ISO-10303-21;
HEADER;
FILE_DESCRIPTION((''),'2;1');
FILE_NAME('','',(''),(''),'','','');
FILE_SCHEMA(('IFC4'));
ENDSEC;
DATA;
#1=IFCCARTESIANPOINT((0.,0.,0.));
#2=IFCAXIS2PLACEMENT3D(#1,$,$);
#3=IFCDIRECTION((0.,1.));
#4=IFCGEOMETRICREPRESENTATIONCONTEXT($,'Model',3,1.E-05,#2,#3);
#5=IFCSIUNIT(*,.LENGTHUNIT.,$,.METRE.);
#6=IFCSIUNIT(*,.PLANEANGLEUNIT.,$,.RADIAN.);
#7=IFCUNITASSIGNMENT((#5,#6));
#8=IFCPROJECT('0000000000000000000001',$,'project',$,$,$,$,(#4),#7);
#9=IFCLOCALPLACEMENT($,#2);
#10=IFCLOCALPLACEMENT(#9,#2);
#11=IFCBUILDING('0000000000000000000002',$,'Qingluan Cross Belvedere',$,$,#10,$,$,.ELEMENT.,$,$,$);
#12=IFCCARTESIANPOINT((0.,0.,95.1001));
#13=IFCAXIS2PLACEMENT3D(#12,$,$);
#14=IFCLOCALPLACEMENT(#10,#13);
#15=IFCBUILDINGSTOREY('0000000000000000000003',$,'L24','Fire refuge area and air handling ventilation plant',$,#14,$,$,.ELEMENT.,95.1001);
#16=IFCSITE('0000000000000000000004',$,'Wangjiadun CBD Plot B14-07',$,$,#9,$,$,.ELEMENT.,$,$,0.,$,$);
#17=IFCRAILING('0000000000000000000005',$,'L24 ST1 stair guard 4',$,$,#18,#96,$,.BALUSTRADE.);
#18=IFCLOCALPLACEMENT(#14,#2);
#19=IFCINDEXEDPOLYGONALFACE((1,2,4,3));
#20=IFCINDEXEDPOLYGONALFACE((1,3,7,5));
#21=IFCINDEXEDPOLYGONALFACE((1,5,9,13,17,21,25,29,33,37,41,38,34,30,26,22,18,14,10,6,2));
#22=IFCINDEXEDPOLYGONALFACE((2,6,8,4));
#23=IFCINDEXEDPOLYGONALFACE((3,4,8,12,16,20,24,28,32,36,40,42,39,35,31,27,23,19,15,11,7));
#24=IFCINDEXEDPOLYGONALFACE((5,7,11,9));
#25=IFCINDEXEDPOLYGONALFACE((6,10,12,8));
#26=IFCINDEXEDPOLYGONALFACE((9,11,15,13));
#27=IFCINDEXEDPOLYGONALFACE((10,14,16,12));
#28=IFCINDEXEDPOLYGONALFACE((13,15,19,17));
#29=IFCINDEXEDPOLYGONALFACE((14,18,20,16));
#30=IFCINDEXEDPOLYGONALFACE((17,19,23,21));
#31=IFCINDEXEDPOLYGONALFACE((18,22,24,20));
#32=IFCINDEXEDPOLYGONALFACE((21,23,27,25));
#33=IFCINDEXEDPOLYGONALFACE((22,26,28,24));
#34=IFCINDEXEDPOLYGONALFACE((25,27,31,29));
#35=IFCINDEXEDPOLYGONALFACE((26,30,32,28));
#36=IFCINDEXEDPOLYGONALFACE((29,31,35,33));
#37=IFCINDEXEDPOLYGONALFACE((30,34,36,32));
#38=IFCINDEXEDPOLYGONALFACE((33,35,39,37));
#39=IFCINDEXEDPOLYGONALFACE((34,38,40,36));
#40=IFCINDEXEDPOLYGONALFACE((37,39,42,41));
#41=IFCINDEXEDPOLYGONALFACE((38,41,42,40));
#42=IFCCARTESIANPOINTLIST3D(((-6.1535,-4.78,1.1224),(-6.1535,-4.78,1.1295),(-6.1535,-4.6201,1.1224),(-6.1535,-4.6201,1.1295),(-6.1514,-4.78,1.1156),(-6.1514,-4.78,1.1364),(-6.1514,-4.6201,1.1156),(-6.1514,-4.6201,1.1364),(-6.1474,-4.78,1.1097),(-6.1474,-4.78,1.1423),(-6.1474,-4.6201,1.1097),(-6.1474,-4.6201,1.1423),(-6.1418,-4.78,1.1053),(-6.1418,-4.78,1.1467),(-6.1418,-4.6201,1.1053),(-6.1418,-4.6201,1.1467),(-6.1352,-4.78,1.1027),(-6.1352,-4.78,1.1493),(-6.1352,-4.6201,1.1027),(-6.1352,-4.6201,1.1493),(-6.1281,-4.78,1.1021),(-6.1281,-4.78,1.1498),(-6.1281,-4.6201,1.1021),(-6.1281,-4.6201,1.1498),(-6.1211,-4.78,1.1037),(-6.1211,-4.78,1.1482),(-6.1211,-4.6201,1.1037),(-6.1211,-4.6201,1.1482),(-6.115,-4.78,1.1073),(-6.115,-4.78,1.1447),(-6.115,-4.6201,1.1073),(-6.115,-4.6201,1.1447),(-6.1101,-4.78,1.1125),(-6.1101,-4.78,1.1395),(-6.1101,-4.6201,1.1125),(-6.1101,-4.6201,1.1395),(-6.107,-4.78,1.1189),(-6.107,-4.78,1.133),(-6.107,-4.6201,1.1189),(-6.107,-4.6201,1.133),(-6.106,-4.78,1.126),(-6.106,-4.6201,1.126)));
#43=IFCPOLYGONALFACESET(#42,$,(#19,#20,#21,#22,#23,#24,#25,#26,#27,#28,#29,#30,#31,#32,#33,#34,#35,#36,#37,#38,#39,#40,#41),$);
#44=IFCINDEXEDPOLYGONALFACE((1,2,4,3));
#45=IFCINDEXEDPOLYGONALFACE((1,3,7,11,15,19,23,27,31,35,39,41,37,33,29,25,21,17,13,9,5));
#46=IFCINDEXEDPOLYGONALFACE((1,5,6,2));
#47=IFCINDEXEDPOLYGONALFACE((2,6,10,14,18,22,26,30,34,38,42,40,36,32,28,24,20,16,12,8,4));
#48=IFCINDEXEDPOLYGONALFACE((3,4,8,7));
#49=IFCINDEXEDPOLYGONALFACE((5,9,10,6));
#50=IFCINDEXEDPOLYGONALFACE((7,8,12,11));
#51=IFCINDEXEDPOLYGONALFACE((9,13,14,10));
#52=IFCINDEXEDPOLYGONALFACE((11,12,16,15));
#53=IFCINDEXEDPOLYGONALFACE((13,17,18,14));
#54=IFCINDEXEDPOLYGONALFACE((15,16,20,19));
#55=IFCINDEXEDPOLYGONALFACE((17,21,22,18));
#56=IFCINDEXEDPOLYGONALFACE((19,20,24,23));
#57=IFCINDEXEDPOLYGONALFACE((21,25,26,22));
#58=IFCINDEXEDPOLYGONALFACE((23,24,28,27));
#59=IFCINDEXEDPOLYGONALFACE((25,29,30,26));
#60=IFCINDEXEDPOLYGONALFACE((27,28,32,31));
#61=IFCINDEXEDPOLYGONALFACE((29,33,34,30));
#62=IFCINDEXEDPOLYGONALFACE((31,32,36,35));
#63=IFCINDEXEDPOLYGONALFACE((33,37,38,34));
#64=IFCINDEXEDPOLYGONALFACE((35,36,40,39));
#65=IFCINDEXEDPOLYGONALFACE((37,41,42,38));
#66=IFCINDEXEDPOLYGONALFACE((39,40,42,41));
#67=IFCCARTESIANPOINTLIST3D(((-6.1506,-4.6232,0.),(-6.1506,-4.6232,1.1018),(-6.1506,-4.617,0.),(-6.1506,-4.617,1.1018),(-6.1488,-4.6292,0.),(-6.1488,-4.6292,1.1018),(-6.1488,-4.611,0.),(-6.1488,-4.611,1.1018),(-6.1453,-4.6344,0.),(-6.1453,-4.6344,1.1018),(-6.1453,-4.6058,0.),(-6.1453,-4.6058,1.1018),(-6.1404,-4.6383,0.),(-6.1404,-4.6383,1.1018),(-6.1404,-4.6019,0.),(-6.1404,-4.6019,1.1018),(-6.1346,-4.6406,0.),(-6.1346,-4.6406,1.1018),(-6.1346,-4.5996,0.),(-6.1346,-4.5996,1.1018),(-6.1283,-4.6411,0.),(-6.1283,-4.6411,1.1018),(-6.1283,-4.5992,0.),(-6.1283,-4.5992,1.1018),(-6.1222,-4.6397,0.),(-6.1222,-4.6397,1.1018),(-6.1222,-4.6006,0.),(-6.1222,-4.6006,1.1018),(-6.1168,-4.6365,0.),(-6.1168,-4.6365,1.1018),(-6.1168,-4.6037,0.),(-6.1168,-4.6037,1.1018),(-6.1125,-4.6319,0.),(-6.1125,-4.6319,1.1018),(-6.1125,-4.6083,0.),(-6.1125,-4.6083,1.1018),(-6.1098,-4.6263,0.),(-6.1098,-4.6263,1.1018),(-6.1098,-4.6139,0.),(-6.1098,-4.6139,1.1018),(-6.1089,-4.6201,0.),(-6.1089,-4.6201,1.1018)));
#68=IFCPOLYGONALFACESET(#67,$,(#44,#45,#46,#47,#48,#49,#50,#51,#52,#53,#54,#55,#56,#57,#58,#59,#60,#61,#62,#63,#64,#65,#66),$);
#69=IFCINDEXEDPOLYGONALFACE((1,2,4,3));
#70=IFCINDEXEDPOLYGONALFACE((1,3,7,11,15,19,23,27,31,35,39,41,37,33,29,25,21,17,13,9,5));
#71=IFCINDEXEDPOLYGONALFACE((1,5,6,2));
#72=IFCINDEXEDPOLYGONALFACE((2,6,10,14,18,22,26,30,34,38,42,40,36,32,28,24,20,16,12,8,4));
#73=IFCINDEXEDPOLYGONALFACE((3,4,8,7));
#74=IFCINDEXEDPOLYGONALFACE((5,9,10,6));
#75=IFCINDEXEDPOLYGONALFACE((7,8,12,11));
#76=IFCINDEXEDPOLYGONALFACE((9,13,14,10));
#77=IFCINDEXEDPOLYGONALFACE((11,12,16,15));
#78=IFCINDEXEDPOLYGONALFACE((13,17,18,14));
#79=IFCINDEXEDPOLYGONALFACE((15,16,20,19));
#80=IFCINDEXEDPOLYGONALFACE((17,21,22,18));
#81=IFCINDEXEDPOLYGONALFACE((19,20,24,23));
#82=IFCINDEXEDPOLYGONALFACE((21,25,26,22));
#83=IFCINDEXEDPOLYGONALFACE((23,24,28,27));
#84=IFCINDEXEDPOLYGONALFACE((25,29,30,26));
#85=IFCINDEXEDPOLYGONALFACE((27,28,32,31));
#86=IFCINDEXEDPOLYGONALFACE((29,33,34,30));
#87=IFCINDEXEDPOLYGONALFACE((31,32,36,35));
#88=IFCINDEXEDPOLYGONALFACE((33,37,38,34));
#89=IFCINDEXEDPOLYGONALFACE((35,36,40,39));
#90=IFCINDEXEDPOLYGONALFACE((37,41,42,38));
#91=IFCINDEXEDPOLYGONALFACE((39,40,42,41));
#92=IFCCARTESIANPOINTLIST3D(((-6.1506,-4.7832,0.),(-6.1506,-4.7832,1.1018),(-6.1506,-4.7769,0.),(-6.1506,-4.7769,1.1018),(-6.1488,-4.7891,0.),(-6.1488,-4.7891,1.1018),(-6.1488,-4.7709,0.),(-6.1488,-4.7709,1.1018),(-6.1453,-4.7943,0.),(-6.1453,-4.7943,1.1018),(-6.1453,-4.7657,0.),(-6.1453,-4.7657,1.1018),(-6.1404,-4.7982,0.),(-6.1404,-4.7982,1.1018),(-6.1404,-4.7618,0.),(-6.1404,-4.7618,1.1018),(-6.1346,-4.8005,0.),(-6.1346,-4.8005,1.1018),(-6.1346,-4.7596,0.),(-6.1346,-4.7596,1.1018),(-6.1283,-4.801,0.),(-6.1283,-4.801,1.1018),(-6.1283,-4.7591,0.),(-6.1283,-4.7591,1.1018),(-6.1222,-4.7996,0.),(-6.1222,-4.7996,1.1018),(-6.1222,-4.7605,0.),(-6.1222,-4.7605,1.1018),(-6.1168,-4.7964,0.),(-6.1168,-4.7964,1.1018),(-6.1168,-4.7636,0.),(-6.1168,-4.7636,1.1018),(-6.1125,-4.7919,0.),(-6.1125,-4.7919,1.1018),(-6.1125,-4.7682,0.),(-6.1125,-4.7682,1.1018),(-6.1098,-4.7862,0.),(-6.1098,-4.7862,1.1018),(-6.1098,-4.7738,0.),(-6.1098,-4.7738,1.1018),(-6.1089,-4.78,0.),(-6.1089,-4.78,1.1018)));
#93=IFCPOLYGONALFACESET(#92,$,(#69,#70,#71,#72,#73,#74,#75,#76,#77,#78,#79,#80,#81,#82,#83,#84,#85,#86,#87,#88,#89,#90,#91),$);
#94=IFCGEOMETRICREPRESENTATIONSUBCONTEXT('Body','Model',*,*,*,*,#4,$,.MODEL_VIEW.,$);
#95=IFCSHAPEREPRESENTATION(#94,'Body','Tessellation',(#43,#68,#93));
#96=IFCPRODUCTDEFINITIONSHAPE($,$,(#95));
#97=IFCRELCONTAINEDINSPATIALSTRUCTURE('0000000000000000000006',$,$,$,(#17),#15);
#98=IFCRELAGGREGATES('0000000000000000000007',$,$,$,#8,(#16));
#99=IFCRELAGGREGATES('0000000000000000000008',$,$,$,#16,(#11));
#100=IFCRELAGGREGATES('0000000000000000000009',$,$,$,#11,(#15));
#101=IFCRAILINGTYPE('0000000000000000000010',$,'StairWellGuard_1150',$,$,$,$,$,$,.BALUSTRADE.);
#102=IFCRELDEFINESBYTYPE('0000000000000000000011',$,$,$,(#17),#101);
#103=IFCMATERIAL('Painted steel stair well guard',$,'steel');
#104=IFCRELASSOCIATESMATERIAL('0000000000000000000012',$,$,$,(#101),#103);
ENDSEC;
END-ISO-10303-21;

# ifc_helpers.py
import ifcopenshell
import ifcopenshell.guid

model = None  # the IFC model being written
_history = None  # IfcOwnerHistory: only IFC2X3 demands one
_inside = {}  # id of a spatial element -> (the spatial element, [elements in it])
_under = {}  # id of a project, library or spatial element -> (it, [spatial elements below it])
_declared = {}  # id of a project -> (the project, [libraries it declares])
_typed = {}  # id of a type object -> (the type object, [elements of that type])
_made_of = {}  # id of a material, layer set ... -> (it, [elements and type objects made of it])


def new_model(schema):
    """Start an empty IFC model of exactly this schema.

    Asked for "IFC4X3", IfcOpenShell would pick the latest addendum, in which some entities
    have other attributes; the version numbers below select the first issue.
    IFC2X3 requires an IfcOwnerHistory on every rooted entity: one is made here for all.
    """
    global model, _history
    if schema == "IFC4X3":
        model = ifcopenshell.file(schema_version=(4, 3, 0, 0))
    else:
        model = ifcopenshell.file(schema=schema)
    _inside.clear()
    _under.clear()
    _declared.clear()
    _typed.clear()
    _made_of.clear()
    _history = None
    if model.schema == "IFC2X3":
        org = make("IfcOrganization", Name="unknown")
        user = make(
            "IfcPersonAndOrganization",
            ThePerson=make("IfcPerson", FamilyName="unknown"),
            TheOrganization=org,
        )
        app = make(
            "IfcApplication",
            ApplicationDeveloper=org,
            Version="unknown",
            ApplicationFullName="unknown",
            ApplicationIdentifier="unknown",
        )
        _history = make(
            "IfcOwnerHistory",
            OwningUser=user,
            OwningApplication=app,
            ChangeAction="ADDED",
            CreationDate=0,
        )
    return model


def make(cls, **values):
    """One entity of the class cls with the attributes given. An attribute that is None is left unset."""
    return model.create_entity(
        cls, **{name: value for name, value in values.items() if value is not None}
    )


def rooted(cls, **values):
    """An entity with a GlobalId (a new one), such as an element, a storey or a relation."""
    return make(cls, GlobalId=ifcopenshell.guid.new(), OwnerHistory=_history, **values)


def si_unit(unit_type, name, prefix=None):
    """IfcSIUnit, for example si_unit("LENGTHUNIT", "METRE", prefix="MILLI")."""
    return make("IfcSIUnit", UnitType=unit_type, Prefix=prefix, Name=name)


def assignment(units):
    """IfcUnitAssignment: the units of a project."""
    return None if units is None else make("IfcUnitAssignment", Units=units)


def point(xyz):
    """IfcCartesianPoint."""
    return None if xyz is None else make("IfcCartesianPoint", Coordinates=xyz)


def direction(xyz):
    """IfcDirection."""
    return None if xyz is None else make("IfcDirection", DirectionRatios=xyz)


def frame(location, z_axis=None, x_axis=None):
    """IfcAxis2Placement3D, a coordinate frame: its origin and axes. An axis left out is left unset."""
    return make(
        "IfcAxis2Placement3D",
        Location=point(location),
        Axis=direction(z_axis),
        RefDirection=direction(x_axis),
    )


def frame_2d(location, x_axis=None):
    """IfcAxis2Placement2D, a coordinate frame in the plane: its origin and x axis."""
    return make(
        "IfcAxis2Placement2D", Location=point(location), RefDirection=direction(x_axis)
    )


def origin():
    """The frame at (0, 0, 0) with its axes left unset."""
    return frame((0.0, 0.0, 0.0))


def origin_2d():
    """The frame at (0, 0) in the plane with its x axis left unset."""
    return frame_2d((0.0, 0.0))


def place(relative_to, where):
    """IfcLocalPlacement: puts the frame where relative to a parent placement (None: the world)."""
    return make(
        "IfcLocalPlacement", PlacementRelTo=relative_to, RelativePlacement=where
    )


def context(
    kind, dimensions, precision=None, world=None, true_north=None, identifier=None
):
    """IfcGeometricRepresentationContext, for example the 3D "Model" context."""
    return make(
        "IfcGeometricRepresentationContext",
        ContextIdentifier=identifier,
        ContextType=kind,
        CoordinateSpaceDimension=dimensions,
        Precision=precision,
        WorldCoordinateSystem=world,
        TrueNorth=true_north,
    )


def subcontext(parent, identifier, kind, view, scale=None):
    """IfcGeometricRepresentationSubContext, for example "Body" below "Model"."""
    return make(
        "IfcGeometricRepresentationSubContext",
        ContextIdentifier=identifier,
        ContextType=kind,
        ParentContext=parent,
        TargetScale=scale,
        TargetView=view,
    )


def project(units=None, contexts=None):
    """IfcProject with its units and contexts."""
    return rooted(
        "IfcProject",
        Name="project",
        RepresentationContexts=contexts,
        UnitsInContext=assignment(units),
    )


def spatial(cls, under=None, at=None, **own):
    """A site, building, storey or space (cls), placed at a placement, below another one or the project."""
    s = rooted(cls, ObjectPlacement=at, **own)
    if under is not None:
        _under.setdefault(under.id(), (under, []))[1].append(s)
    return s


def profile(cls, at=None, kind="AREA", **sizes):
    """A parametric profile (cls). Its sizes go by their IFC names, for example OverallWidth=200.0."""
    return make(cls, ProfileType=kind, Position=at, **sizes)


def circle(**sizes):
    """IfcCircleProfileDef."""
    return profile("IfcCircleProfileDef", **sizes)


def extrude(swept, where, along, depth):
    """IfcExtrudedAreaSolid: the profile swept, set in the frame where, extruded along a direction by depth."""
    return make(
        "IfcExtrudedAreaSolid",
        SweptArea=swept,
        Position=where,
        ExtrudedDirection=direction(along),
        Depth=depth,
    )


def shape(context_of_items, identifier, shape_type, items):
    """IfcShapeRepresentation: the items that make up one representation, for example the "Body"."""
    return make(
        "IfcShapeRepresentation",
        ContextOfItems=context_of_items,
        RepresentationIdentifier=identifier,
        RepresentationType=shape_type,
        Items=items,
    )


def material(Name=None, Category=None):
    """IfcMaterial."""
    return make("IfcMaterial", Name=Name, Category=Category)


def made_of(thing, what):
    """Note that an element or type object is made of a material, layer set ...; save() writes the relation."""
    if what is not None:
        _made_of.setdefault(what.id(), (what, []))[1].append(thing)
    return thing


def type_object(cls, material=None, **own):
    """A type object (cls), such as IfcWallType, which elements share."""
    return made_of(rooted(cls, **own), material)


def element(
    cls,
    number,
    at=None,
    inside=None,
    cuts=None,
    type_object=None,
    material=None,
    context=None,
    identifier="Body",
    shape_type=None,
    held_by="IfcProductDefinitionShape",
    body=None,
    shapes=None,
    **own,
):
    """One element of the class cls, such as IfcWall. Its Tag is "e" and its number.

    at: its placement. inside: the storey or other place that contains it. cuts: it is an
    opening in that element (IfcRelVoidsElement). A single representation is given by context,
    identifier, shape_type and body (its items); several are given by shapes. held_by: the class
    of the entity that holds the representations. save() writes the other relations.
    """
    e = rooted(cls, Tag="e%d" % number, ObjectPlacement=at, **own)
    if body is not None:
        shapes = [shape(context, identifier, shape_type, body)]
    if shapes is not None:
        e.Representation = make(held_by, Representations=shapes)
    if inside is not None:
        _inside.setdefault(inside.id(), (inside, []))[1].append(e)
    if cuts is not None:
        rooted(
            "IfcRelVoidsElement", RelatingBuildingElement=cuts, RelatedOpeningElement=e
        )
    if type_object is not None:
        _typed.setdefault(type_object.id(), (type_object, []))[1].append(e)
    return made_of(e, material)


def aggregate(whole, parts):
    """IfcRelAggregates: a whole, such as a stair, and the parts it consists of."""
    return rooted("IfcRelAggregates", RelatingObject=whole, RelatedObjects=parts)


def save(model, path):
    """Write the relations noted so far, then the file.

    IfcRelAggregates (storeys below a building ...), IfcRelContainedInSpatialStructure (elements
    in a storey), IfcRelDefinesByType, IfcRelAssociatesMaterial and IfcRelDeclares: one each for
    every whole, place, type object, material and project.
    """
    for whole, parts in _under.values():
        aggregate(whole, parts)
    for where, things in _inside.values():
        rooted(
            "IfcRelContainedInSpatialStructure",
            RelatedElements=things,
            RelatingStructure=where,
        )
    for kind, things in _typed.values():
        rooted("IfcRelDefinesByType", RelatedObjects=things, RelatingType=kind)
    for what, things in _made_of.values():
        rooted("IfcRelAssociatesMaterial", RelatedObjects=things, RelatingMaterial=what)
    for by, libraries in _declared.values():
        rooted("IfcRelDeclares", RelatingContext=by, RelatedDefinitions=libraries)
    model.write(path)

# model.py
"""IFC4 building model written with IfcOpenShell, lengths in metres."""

from ifc_helpers import new_model, si_unit, direction, frame, origin, origin_2d, place, context, subcontext, project, spatial, circle, extrude, material, type_object, element, save


model = new_model("IFC4")

# Units and contexts
model_context = context("Model", 3, precision=1e-05, world=origin(), true_north=direction((0.0, 1.0)))
body_context = subcontext(model_context, "Body", "Model", "MODEL_VIEW")
ifc_project = project(units=[si_unit("LENGTHUNIT", "METRE"), si_unit("PLANEANGLEUNIT", "RADIAN")], contexts=[model_context])

# Site, building, storey
site_placement = place(None, origin())
site = spatial("IfcSite", under=ifc_project, at=site_placement, Name="Wangjiadun CBD Plot B14-07", CompositionType="ELEMENT", RefElevation=0.0)
building_placement = place(site_placement, origin())
building = spatial("IfcBuilding", under=site, at=building_placement, Name="Qingluan Cross Belvedere", CompositionType="ELEMENT")
storey_placement = place(building_placement, frame((0.0, 0.0, 95.1001)))
storey = spatial("IfcBuildingStorey", under=building, at=storey_placement, Name="L24", Description="Fire refuge area and air handling ventilation plant", CompositionType="ELEMENT", Elevation=95.1001)

# Railing
ifc_material_1 = material(Name="Painted steel stair well guard", Category="steel")
railing_type_1 = type_object("IfcRailingType", Name="StairWellGuard_1150", PredefinedType="BALUSTRADE", material=ifc_material_1)
railing_1_placement = place(storey_placement, frame((-6.1299, -4.6201, 0.0)))
element("IfcRailing", 1, at=railing_1_placement, inside=storey, type_object=railing_type_1, Name="L24 ST1 stair guard 4", PredefinedType="BALUSTRADE", context=body_context, shape_type="SweptSolid", body=[
    extrude(circle(Radius=0.0239, at=origin_2d()), frame((0.0, 0.0, 1.126), z_axis=(0.0, -1.0, 0.0), x_axis=(1.0, 0.0, 0.0)), (0.0, 0.0, 1.0), 0.1599),
    extrude(circle(Radius=0.021, at=origin_2d()), origin(), (0.0, 0.0, 1.0), 1.1018),
    extrude(circle(Radius=0.021, at=origin_2d()), frame((0.0, -0.1599, 0.0)), (0.0, 0.0, 1.0), 1.1018),
])

save(model, "model.ifc")
